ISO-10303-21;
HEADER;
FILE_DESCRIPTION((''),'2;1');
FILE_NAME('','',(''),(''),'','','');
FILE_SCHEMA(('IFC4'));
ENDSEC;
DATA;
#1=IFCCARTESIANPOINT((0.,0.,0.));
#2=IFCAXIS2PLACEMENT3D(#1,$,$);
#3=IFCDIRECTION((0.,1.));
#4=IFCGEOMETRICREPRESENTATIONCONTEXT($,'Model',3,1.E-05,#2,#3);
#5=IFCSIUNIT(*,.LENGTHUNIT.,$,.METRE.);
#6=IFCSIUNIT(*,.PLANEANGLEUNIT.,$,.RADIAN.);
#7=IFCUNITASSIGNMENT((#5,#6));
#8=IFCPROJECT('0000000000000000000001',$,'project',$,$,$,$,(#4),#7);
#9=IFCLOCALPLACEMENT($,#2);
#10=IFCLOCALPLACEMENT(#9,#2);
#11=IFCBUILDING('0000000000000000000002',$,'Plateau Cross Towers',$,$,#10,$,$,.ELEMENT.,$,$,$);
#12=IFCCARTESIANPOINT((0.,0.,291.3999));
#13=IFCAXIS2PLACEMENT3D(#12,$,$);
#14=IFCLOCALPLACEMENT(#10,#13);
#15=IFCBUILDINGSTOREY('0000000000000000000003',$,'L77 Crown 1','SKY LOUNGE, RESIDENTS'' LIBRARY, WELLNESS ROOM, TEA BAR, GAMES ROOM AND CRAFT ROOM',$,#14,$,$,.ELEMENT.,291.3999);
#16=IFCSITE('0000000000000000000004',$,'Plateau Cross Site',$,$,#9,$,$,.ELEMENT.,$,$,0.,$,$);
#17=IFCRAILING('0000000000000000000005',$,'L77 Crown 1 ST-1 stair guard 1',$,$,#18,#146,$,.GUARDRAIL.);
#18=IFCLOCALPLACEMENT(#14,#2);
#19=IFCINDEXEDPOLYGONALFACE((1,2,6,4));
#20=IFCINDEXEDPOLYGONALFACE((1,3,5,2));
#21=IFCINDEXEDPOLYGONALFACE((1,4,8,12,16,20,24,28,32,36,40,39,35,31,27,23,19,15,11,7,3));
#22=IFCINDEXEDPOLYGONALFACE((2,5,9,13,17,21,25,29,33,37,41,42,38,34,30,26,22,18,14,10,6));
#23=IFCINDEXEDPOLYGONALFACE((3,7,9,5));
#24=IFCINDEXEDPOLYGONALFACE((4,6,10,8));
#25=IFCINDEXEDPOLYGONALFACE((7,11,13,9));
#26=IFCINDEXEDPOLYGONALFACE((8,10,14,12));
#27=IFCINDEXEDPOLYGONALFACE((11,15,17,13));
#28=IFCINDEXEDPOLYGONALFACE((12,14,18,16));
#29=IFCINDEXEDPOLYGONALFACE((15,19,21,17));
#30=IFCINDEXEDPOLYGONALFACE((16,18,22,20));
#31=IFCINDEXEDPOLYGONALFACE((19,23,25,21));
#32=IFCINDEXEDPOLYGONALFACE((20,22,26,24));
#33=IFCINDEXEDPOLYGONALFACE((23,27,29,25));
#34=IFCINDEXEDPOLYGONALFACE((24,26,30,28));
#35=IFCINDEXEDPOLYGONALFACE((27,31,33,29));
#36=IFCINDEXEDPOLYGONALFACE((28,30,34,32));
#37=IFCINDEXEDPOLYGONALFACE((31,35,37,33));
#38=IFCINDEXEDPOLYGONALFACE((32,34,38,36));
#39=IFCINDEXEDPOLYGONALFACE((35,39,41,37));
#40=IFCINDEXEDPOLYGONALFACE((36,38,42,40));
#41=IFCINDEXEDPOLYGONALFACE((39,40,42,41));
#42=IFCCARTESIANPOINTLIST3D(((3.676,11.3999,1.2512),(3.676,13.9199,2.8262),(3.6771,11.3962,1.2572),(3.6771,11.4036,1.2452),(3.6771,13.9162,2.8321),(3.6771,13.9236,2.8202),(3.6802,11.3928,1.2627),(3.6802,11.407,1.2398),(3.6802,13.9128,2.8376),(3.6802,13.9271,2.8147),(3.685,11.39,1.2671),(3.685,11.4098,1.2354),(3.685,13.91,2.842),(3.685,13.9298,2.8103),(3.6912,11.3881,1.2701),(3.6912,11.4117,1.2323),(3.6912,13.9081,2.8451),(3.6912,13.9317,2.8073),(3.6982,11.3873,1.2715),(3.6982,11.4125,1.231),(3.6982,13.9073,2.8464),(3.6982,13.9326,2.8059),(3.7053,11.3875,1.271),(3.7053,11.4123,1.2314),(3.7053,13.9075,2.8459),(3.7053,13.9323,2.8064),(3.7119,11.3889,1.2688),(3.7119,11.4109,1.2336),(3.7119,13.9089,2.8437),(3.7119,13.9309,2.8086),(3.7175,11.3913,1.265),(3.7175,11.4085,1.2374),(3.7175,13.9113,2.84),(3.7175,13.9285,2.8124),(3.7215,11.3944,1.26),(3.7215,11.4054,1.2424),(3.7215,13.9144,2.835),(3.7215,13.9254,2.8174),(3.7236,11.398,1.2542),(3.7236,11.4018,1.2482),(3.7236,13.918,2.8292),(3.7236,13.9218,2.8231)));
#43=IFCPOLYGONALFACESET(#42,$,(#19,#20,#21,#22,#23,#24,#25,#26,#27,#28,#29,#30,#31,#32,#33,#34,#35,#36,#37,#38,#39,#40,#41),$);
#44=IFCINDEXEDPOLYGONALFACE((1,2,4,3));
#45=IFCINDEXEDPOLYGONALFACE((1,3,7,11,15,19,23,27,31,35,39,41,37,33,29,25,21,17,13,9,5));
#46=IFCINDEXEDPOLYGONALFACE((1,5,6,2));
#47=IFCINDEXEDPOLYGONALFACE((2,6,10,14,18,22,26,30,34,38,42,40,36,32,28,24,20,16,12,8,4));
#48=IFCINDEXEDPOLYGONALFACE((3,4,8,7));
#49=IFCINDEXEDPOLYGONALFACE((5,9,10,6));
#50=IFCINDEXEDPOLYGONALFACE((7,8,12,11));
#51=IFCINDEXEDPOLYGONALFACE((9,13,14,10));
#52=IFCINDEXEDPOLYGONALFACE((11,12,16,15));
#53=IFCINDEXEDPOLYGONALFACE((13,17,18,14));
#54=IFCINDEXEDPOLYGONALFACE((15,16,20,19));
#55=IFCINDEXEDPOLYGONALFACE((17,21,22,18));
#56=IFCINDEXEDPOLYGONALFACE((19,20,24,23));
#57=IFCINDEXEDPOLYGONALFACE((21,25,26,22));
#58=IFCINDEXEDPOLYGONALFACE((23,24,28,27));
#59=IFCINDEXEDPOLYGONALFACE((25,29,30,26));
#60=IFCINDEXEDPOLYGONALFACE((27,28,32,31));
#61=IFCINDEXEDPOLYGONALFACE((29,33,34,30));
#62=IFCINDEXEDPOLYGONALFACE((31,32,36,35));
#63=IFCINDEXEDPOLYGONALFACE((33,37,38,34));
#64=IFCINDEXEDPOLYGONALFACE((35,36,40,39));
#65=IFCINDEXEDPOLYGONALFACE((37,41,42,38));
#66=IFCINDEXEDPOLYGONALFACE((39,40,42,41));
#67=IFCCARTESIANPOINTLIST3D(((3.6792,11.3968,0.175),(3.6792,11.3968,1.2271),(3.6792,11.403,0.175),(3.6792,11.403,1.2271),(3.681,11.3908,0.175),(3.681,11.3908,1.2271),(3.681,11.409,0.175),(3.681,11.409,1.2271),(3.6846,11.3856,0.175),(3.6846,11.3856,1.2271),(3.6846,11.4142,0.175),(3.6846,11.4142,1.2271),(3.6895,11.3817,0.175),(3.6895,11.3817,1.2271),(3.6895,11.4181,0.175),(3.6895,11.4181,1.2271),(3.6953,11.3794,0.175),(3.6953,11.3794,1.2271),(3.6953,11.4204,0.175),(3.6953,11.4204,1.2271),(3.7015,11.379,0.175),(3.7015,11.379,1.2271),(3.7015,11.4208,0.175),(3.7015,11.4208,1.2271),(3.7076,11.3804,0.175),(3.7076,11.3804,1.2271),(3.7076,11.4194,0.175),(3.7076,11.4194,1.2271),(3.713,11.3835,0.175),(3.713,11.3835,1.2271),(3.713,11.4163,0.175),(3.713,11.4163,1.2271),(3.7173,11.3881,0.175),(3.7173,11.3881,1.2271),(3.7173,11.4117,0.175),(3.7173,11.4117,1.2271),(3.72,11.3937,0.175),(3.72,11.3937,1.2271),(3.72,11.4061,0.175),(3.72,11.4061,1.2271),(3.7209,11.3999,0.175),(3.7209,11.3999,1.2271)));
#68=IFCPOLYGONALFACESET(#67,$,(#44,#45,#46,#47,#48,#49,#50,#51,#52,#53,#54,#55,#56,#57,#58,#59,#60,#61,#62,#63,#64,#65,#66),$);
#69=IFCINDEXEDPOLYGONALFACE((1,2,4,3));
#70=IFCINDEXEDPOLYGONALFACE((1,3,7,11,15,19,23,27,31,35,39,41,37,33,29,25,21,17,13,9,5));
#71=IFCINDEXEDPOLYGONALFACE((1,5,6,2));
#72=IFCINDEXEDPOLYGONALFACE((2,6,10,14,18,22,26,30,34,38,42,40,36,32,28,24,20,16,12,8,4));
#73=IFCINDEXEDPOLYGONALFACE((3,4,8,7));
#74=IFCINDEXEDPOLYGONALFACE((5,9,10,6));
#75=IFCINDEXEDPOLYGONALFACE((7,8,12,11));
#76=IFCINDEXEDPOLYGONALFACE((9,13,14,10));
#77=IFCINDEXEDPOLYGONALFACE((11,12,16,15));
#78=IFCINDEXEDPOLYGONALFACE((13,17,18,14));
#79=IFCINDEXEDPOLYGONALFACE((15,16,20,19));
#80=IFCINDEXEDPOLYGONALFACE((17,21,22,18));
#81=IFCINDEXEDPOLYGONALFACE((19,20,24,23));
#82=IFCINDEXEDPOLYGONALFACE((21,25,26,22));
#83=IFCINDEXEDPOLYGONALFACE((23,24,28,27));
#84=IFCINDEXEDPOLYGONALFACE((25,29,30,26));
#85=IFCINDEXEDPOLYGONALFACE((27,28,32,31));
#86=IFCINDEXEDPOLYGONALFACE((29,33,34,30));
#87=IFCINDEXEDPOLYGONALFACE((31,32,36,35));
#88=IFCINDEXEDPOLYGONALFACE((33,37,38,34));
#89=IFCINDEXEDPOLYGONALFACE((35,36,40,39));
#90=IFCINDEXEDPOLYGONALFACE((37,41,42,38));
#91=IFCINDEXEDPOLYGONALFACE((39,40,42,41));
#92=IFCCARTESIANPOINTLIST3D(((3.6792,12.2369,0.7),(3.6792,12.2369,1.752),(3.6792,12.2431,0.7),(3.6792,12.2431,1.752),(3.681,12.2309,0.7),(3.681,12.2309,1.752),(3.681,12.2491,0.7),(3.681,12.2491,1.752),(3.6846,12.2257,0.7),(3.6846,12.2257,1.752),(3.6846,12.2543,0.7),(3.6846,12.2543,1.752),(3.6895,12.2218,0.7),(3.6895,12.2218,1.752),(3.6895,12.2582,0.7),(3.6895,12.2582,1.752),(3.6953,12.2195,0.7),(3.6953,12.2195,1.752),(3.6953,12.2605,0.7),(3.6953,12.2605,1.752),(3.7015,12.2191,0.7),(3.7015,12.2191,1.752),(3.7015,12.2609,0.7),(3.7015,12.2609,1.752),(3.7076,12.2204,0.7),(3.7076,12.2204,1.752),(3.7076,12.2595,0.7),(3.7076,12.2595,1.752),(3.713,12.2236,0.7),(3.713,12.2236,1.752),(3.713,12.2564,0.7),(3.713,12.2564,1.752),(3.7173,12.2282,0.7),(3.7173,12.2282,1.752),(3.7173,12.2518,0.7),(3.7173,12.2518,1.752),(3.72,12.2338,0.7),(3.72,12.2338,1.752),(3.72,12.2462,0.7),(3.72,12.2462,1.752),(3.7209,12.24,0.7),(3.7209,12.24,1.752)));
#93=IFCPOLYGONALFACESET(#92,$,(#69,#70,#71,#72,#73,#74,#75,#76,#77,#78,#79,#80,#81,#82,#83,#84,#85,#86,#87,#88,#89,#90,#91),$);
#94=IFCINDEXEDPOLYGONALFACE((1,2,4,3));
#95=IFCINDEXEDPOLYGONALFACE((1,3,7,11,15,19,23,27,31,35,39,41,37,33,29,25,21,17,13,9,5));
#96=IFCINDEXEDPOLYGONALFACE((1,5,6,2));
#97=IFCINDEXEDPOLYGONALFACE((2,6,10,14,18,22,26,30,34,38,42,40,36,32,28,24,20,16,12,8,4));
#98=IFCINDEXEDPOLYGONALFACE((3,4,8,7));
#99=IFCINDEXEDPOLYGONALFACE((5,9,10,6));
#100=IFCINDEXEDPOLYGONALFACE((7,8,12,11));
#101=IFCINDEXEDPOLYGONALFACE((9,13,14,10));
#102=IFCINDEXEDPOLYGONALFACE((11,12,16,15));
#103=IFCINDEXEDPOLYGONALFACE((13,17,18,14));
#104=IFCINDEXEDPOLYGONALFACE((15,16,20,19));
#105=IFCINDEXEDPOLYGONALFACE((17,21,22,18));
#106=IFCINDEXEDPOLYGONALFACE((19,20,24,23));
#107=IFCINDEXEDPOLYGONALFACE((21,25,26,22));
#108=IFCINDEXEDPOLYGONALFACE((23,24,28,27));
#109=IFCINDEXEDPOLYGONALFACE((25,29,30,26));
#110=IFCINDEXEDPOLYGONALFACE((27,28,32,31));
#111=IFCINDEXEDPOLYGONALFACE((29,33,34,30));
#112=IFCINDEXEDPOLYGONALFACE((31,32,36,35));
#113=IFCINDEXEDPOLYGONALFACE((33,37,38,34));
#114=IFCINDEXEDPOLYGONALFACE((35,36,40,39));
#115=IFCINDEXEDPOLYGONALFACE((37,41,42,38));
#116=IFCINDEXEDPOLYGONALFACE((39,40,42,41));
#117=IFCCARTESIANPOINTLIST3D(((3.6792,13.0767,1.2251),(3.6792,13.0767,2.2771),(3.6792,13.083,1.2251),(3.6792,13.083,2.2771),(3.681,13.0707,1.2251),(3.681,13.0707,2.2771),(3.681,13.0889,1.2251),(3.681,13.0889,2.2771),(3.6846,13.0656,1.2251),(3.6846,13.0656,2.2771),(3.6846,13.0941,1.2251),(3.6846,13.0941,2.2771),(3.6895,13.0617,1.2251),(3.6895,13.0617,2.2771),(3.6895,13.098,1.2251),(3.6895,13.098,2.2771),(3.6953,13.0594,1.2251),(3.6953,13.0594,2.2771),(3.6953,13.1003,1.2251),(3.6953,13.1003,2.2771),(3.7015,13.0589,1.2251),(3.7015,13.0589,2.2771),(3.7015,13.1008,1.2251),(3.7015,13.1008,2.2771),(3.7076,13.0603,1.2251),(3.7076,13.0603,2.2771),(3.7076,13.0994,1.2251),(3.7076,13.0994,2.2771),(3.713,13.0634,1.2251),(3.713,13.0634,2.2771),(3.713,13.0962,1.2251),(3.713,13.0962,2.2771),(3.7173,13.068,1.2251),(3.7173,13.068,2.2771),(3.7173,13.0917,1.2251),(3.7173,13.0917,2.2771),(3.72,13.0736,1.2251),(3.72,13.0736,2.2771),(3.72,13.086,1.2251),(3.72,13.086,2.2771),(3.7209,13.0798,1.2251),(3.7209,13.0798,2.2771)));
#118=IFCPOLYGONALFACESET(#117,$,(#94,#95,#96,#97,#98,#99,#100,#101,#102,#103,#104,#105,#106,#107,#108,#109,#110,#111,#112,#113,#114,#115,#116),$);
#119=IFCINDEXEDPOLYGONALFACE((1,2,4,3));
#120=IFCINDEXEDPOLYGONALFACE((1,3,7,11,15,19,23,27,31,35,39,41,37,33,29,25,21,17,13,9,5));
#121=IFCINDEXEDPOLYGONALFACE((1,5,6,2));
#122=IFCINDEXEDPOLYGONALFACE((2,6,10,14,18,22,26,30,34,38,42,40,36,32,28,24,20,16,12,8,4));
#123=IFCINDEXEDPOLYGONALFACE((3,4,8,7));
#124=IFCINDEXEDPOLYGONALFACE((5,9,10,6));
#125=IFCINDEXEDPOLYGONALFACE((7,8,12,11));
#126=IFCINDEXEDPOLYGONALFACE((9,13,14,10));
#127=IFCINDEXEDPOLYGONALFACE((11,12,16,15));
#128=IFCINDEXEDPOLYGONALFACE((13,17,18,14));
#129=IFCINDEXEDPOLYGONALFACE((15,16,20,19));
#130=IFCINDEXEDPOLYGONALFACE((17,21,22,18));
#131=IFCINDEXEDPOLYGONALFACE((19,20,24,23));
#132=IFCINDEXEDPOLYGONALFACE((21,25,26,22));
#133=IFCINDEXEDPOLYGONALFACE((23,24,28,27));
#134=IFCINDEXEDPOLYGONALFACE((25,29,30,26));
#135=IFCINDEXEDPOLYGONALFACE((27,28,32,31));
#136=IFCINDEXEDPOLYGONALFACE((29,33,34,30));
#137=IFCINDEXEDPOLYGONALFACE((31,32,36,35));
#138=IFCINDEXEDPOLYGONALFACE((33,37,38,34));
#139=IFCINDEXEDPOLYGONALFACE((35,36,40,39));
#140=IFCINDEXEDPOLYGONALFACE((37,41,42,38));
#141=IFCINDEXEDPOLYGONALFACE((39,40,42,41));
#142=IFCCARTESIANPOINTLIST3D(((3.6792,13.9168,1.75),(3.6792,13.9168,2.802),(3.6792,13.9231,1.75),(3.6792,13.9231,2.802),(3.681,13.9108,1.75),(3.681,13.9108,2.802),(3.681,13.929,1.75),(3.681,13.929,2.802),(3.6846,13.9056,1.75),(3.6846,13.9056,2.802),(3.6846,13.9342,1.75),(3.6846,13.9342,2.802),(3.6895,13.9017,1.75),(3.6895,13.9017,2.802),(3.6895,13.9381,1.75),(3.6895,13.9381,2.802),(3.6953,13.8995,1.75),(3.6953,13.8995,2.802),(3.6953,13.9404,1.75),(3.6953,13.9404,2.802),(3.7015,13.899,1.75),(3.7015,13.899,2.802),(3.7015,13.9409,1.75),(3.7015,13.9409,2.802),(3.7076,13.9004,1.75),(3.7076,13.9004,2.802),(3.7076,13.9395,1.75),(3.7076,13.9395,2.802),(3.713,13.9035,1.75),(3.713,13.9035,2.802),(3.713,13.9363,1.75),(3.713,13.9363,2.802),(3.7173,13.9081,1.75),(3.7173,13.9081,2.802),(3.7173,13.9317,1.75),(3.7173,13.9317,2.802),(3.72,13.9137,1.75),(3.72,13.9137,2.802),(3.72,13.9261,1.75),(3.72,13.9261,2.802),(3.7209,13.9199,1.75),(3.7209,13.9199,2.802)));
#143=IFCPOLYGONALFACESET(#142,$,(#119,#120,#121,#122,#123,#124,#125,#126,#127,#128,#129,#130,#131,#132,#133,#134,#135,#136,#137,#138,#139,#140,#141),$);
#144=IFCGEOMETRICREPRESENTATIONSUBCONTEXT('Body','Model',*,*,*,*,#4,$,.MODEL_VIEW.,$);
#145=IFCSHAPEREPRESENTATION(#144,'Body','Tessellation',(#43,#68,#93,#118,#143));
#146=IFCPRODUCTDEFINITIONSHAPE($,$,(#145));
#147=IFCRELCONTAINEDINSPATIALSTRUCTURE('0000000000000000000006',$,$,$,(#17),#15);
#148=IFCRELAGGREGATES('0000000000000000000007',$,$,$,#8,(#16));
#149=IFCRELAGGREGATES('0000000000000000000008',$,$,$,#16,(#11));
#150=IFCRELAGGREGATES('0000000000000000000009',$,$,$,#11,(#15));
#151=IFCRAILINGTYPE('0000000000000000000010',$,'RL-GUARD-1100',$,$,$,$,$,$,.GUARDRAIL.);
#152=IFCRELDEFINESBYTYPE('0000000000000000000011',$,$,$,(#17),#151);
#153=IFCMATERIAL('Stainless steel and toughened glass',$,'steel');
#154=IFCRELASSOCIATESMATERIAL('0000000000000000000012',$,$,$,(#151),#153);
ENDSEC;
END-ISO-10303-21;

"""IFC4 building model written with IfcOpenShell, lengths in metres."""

from ifc_helpers import new_model, si_unit, direction, frame, origin, origin_2d, place, context, subcontext, project, spatial, circle, extrude, material, type_object, element, save


model = new_model("IFC4")

# Units and contexts
model_context = context("Model", 3, precision=1e-05, world=origin(), true_north=direction((0.0, 1.0)))
body_context = subcontext(model_context, "Body", "Model", "MODEL_VIEW")
ifc_project = project(units=[si_unit("LENGTHUNIT", "METRE"), si_unit("PLANEANGLEUNIT", "RADIAN")], contexts=[model_context])

# Site, building, storey
site_placement = place(None, origin())
site = spatial("IfcSite", under=ifc_project, at=site_placement, Name="Plateau Cross Site", CompositionType="ELEMENT", RefElevation=0.0)
building_placement = place(site_placement, origin())
building = spatial("IfcBuilding", under=site, at=building_placement, Name="Plateau Cross Towers", CompositionType="ELEMENT")
storey_placement = place(building_placement, frame((0.0, 0.0, 291.3999)))
storey = spatial("IfcBuildingStorey", under=building, at=storey_placement, Name="L77 Crown 1", Description="SKY LOUNGE, RESIDENTS' LIBRARY, WELLNESS ROOM, TEA BAR, GAMES ROOM AND CRAFT ROOM", CompositionType="ELEMENT", Elevation=291.3999)

# Railing
ifc_material_1 = material(Name="Stainless steel and toughened glass", Category="steel")
railing_type_1 = type_object("IfcRailingType", Name="RL-GUARD-1100", PredefinedType="GUARDRAIL", material=ifc_material_1)
railing_1_placement = place(storey_placement, frame((3.7, 11.3999, 0.175)))
element("IfcRailing", 1, at=railing_1_placement, inside=storey, type_object=railing_type_1, Name="L77 Crown 1 ST-1 stair guard 1", PredefinedType="GUARDRAIL", context=body_context, shape_type="SweptSolid", body=[
    extrude(circle(Radius=0.0239, at=origin_2d()), frame((0.0, 0.0, 1.0762), z_axis=(0.0, 0.848008, 0.529984), x_axis=(-1.0, 0.0, 0.0)), (0.0, 0.0, 1.0), 2.9717),
    extrude(circle(Radius=0.021, at=origin_2d()), origin(), (0.0, 0.0, 1.0), 1.052),
    extrude(circle(Radius=0.021, at=origin_2d()), frame((0.0, 0.8401, 0.5249)), (0.0, 0.0, 1.0), 1.052),
    extrude(circle(Radius=0.021, at=origin_2d()), frame((0.0, 1.6799, 1.05)), (0.0, 0.0, 1.0), 1.052),
    extrude(circle(Radius=0.021, at=origin_2d()), frame((0.0, 2.52, 1.575)), (0.0, 0.0, 1.0), 1.052),
])

save(model, "model.ifc")
